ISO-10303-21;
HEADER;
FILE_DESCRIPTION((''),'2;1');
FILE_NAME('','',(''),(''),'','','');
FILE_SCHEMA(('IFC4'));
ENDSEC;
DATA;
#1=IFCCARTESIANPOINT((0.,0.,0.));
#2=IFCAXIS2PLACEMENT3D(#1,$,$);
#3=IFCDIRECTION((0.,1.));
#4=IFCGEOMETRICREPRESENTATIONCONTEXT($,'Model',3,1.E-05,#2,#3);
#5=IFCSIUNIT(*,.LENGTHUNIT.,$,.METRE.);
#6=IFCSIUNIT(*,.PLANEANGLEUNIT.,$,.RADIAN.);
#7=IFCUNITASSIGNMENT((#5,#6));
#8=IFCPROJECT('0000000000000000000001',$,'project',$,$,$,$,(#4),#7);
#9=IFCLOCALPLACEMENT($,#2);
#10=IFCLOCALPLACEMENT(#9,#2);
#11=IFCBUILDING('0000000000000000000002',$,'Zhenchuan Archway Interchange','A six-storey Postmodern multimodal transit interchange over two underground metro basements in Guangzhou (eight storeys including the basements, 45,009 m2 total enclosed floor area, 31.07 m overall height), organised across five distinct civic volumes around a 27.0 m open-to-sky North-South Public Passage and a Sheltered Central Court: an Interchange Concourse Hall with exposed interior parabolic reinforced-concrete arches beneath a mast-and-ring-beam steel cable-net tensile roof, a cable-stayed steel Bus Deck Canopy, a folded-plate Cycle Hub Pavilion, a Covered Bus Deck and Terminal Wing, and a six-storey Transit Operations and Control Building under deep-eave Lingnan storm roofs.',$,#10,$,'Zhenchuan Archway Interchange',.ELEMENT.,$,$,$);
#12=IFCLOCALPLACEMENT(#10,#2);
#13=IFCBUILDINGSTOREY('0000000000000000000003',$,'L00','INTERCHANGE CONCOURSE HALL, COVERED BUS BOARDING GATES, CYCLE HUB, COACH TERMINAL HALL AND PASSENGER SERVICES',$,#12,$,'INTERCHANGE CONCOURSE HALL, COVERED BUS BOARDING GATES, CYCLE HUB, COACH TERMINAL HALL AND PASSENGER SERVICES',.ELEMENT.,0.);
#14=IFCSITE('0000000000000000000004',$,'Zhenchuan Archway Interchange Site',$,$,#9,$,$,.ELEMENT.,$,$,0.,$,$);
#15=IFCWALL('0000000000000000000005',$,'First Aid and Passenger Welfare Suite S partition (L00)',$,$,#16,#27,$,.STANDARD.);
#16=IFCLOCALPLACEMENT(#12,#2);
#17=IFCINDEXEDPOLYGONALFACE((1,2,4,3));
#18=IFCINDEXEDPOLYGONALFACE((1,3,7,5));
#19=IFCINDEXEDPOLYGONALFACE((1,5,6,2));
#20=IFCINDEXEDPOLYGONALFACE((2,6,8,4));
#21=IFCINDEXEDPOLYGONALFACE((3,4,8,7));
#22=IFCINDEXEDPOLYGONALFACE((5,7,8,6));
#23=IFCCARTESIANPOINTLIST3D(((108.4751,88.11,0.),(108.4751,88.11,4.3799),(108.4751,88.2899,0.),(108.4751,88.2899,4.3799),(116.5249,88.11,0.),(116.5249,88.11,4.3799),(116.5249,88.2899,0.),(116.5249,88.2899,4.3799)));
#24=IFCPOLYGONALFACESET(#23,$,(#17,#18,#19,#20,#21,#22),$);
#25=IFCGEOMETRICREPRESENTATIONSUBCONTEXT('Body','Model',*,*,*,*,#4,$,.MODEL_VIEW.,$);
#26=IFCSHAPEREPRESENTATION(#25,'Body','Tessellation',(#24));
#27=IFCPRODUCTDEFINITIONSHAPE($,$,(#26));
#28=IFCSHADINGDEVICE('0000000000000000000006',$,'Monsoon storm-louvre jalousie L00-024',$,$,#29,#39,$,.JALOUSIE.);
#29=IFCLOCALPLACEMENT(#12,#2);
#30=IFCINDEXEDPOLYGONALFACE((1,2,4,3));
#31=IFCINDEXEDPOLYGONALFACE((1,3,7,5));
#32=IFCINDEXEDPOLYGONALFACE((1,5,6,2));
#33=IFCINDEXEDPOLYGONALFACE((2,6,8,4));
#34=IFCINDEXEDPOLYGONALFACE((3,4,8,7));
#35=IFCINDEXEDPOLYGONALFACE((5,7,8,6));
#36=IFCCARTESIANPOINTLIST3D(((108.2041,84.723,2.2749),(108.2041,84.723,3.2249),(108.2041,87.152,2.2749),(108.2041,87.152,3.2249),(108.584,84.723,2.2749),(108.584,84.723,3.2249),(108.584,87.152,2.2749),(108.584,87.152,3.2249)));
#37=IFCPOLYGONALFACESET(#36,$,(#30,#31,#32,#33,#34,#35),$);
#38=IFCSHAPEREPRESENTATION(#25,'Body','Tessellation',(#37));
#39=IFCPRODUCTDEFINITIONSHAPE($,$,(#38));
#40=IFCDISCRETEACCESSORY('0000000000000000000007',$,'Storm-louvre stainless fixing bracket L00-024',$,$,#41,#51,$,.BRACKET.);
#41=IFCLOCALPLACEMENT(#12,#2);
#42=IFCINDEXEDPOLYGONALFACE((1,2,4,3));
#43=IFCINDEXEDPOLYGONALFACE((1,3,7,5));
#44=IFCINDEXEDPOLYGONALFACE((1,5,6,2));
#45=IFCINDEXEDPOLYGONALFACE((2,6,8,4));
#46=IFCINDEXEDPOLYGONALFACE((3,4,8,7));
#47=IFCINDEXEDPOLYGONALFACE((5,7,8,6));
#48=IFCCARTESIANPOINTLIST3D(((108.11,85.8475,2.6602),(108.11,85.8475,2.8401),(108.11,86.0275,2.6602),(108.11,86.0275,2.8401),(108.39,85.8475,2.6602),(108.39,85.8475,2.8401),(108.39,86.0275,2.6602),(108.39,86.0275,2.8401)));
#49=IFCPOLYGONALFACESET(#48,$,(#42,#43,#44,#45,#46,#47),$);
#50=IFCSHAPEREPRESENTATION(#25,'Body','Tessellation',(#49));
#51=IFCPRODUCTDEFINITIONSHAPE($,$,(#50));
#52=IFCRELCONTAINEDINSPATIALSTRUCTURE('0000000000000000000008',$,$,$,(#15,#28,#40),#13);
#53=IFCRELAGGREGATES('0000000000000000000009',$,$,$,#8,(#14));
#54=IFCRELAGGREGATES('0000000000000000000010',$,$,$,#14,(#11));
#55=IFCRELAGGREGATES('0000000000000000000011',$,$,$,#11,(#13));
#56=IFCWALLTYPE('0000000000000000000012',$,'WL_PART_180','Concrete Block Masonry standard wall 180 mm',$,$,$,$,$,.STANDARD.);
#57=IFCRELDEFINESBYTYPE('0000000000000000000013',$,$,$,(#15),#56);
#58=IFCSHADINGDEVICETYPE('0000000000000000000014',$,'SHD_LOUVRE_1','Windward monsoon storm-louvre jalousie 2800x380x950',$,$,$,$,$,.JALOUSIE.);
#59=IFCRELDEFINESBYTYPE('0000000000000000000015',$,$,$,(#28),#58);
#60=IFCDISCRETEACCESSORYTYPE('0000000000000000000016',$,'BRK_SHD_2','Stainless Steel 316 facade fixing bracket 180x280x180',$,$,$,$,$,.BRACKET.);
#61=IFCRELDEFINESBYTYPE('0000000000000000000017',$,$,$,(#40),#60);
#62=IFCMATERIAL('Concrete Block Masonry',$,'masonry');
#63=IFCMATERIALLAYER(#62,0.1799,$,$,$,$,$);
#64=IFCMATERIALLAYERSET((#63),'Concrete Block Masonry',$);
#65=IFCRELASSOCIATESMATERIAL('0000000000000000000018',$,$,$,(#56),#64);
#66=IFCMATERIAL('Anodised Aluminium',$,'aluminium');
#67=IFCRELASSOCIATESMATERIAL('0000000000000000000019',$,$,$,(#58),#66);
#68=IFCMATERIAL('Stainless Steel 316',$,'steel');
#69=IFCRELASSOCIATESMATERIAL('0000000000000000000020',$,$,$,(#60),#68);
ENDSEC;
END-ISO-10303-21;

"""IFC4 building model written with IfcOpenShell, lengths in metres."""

from ifc_helpers import new_model, si_unit, direction, frame, frame_2d, origin, origin_2d, place, context, subcontext, project, spatial, rectangle, extrude, material, layer, layer_set, type_object, element, save


model = new_model("IFC4")

# Units and contexts
model_context = context("Model", 3, precision=1e-05, world=origin(), true_north=direction((0.0, 1.0)))
body_context = subcontext(model_context, "Body", "Model", "MODEL_VIEW")
ifc_project = project(units=[si_unit("LENGTHUNIT", "METRE"), si_unit("PLANEANGLEUNIT", "RADIAN")], contexts=[model_context])

# Site, building, storey
site_placement = place(None, origin())
site = spatial("IfcSite", under=ifc_project, at=site_placement, Name="Zhenchuan Archway Interchange Site", CompositionType="ELEMENT", RefElevation=0.0)
building_placement = place(site_placement, origin())
building = spatial("IfcBuilding", under=site, at=building_placement, Name="Zhenchuan Archway Interchange", Description="A six-storey Postmodern multimodal transit interchange over two underground metro basements in Guangzhou (eight storeys including the basements, 45,009 m2 total enclosed floor area, 31.07 m overall height), organised across five distinct civic volumes around a 27.0 m open-to-sky North-South Public Passage and a Sheltered Central Court: an Interchange Concourse Hall with exposed interior parabolic reinforced-concrete arches beneath a mast-and-ring-beam steel cable-net tensile roof, a cable-stayed steel Bus Deck Canopy, a folded-plate Cycle Hub Pavilion, a Covered Bus Deck and Terminal Wing, and a six-storey Transit Operations and Control Building under deep-eave Lingnan storm roofs.", LongName="Zhenchuan Archway Interchange", CompositionType="ELEMENT")
storey_placement = place(building_placement, origin())
storey = spatial("IfcBuildingStorey", under=building, at=storey_placement, Name="L00", Description="INTERCHANGE CONCOURSE HALL, COVERED BUS BOARDING GATES, CYCLE HUB, COACH TERMINAL HALL AND PASSENGER SERVICES", LongName="INTERCHANGE CONCOURSE HALL, COVERED BUS BOARDING GATES, CYCLE HUB, COACH TERMINAL HALL AND PASSENGER SERVICES", CompositionType="ELEMENT", Elevation=0.0)

# Shared definitions
ifc_material_1 = material(Name="Anodised Aluminium", Category="aluminium")

# Shared definitions
ifc_material_2 = material(Name="Concrete Block Masonry", Category="masonry")
ifc_layer_1 = layer(ifc_material_2, 0.1799)
ifc_layer_set_1 = layer_set([ifc_layer_1], Name="Concrete Block Masonry")
wall_type_1 = type_object("IfcWallType", Name="WL_PART_180", Description="Concrete Block Masonry standard wall 180 mm", PredefinedType="STANDARD", material=ifc_layer_set_1)

# Wall
wall_1_placement = place(storey_placement, frame((108.4751, 88.2, 0.0), z_axis=(0.0, 0.0, 1.0), x_axis=(1.0, 0.0, 0.0)))
element("IfcWall", 1, at=wall_1_placement, inside=storey, type_object=wall_type_1, Name="First Aid and Passenger Welfare Suite S partition (L00)", PredefinedType="STANDARD", context=body_context, shape_type="SweptSolid", body=[
    extrude(rectangle(XDim=8.0498, YDim=0.1799, at=frame_2d((4.0249, 0.0))), origin(), (0.0, 0.0, 1.0), 4.3799),
])

# Shading device
shading_device_type = type_object("IfcShadingDeviceType", Name="SHD_LOUVRE_1", Description="Windward monsoon storm-louvre jalousie 2800x380x950", PredefinedType="JALOUSIE", material=ifc_material_1)
shading_device_placement = place(storey_placement, frame((108.394, 85.9375, 2.2749), z_axis=(0.0, 0.0, 1.0), x_axis=(0.0, -1.0, 0.0)))
element("IfcShadingDevice", 2, at=shading_device_placement, inside=storey, type_object=shading_device_type, Name="Monsoon storm-louvre jalousie L00-024", PredefinedType="JALOUSIE", context=body_context, shape_type="SweptSolid", body=[
    extrude(rectangle(XDim=2.429, YDim=0.3799, at=origin_2d()), origin(), (0.0, 0.0, 1.0), 0.95),
])

# Discrete accessory
ifc_material_3 = material(Name="Stainless Steel 316", Category="steel")
discrete_accessory_type = type_object("IfcDiscreteAccessoryType", Name="BRK_SHD_2", Description="Stainless Steel 316 facade fixing bracket 180x280x180", PredefinedType="BRACKET", material=ifc_material_3)
discrete_accessory_placement = place(storey_placement, frame((108.25, 85.9375, 2.6602), z_axis=(0.0, 0.0, 1.0), x_axis=(0.0, -1.0, 0.0)))
element("IfcDiscreteAccessory", 3, at=discrete_accessory_placement, inside=storey, type_object=discrete_accessory_type, Name="Storm-louvre stainless fixing bracket L00-024", PredefinedType="BRACKET", context=body_context, shape_type="SweptSolid", body=[
    extrude(rectangle(XDim=0.1799, YDim=0.28, at=origin_2d()), origin(), (0.0, 0.0, 1.0), 0.1799),
])

save(model, "model.ifc")
